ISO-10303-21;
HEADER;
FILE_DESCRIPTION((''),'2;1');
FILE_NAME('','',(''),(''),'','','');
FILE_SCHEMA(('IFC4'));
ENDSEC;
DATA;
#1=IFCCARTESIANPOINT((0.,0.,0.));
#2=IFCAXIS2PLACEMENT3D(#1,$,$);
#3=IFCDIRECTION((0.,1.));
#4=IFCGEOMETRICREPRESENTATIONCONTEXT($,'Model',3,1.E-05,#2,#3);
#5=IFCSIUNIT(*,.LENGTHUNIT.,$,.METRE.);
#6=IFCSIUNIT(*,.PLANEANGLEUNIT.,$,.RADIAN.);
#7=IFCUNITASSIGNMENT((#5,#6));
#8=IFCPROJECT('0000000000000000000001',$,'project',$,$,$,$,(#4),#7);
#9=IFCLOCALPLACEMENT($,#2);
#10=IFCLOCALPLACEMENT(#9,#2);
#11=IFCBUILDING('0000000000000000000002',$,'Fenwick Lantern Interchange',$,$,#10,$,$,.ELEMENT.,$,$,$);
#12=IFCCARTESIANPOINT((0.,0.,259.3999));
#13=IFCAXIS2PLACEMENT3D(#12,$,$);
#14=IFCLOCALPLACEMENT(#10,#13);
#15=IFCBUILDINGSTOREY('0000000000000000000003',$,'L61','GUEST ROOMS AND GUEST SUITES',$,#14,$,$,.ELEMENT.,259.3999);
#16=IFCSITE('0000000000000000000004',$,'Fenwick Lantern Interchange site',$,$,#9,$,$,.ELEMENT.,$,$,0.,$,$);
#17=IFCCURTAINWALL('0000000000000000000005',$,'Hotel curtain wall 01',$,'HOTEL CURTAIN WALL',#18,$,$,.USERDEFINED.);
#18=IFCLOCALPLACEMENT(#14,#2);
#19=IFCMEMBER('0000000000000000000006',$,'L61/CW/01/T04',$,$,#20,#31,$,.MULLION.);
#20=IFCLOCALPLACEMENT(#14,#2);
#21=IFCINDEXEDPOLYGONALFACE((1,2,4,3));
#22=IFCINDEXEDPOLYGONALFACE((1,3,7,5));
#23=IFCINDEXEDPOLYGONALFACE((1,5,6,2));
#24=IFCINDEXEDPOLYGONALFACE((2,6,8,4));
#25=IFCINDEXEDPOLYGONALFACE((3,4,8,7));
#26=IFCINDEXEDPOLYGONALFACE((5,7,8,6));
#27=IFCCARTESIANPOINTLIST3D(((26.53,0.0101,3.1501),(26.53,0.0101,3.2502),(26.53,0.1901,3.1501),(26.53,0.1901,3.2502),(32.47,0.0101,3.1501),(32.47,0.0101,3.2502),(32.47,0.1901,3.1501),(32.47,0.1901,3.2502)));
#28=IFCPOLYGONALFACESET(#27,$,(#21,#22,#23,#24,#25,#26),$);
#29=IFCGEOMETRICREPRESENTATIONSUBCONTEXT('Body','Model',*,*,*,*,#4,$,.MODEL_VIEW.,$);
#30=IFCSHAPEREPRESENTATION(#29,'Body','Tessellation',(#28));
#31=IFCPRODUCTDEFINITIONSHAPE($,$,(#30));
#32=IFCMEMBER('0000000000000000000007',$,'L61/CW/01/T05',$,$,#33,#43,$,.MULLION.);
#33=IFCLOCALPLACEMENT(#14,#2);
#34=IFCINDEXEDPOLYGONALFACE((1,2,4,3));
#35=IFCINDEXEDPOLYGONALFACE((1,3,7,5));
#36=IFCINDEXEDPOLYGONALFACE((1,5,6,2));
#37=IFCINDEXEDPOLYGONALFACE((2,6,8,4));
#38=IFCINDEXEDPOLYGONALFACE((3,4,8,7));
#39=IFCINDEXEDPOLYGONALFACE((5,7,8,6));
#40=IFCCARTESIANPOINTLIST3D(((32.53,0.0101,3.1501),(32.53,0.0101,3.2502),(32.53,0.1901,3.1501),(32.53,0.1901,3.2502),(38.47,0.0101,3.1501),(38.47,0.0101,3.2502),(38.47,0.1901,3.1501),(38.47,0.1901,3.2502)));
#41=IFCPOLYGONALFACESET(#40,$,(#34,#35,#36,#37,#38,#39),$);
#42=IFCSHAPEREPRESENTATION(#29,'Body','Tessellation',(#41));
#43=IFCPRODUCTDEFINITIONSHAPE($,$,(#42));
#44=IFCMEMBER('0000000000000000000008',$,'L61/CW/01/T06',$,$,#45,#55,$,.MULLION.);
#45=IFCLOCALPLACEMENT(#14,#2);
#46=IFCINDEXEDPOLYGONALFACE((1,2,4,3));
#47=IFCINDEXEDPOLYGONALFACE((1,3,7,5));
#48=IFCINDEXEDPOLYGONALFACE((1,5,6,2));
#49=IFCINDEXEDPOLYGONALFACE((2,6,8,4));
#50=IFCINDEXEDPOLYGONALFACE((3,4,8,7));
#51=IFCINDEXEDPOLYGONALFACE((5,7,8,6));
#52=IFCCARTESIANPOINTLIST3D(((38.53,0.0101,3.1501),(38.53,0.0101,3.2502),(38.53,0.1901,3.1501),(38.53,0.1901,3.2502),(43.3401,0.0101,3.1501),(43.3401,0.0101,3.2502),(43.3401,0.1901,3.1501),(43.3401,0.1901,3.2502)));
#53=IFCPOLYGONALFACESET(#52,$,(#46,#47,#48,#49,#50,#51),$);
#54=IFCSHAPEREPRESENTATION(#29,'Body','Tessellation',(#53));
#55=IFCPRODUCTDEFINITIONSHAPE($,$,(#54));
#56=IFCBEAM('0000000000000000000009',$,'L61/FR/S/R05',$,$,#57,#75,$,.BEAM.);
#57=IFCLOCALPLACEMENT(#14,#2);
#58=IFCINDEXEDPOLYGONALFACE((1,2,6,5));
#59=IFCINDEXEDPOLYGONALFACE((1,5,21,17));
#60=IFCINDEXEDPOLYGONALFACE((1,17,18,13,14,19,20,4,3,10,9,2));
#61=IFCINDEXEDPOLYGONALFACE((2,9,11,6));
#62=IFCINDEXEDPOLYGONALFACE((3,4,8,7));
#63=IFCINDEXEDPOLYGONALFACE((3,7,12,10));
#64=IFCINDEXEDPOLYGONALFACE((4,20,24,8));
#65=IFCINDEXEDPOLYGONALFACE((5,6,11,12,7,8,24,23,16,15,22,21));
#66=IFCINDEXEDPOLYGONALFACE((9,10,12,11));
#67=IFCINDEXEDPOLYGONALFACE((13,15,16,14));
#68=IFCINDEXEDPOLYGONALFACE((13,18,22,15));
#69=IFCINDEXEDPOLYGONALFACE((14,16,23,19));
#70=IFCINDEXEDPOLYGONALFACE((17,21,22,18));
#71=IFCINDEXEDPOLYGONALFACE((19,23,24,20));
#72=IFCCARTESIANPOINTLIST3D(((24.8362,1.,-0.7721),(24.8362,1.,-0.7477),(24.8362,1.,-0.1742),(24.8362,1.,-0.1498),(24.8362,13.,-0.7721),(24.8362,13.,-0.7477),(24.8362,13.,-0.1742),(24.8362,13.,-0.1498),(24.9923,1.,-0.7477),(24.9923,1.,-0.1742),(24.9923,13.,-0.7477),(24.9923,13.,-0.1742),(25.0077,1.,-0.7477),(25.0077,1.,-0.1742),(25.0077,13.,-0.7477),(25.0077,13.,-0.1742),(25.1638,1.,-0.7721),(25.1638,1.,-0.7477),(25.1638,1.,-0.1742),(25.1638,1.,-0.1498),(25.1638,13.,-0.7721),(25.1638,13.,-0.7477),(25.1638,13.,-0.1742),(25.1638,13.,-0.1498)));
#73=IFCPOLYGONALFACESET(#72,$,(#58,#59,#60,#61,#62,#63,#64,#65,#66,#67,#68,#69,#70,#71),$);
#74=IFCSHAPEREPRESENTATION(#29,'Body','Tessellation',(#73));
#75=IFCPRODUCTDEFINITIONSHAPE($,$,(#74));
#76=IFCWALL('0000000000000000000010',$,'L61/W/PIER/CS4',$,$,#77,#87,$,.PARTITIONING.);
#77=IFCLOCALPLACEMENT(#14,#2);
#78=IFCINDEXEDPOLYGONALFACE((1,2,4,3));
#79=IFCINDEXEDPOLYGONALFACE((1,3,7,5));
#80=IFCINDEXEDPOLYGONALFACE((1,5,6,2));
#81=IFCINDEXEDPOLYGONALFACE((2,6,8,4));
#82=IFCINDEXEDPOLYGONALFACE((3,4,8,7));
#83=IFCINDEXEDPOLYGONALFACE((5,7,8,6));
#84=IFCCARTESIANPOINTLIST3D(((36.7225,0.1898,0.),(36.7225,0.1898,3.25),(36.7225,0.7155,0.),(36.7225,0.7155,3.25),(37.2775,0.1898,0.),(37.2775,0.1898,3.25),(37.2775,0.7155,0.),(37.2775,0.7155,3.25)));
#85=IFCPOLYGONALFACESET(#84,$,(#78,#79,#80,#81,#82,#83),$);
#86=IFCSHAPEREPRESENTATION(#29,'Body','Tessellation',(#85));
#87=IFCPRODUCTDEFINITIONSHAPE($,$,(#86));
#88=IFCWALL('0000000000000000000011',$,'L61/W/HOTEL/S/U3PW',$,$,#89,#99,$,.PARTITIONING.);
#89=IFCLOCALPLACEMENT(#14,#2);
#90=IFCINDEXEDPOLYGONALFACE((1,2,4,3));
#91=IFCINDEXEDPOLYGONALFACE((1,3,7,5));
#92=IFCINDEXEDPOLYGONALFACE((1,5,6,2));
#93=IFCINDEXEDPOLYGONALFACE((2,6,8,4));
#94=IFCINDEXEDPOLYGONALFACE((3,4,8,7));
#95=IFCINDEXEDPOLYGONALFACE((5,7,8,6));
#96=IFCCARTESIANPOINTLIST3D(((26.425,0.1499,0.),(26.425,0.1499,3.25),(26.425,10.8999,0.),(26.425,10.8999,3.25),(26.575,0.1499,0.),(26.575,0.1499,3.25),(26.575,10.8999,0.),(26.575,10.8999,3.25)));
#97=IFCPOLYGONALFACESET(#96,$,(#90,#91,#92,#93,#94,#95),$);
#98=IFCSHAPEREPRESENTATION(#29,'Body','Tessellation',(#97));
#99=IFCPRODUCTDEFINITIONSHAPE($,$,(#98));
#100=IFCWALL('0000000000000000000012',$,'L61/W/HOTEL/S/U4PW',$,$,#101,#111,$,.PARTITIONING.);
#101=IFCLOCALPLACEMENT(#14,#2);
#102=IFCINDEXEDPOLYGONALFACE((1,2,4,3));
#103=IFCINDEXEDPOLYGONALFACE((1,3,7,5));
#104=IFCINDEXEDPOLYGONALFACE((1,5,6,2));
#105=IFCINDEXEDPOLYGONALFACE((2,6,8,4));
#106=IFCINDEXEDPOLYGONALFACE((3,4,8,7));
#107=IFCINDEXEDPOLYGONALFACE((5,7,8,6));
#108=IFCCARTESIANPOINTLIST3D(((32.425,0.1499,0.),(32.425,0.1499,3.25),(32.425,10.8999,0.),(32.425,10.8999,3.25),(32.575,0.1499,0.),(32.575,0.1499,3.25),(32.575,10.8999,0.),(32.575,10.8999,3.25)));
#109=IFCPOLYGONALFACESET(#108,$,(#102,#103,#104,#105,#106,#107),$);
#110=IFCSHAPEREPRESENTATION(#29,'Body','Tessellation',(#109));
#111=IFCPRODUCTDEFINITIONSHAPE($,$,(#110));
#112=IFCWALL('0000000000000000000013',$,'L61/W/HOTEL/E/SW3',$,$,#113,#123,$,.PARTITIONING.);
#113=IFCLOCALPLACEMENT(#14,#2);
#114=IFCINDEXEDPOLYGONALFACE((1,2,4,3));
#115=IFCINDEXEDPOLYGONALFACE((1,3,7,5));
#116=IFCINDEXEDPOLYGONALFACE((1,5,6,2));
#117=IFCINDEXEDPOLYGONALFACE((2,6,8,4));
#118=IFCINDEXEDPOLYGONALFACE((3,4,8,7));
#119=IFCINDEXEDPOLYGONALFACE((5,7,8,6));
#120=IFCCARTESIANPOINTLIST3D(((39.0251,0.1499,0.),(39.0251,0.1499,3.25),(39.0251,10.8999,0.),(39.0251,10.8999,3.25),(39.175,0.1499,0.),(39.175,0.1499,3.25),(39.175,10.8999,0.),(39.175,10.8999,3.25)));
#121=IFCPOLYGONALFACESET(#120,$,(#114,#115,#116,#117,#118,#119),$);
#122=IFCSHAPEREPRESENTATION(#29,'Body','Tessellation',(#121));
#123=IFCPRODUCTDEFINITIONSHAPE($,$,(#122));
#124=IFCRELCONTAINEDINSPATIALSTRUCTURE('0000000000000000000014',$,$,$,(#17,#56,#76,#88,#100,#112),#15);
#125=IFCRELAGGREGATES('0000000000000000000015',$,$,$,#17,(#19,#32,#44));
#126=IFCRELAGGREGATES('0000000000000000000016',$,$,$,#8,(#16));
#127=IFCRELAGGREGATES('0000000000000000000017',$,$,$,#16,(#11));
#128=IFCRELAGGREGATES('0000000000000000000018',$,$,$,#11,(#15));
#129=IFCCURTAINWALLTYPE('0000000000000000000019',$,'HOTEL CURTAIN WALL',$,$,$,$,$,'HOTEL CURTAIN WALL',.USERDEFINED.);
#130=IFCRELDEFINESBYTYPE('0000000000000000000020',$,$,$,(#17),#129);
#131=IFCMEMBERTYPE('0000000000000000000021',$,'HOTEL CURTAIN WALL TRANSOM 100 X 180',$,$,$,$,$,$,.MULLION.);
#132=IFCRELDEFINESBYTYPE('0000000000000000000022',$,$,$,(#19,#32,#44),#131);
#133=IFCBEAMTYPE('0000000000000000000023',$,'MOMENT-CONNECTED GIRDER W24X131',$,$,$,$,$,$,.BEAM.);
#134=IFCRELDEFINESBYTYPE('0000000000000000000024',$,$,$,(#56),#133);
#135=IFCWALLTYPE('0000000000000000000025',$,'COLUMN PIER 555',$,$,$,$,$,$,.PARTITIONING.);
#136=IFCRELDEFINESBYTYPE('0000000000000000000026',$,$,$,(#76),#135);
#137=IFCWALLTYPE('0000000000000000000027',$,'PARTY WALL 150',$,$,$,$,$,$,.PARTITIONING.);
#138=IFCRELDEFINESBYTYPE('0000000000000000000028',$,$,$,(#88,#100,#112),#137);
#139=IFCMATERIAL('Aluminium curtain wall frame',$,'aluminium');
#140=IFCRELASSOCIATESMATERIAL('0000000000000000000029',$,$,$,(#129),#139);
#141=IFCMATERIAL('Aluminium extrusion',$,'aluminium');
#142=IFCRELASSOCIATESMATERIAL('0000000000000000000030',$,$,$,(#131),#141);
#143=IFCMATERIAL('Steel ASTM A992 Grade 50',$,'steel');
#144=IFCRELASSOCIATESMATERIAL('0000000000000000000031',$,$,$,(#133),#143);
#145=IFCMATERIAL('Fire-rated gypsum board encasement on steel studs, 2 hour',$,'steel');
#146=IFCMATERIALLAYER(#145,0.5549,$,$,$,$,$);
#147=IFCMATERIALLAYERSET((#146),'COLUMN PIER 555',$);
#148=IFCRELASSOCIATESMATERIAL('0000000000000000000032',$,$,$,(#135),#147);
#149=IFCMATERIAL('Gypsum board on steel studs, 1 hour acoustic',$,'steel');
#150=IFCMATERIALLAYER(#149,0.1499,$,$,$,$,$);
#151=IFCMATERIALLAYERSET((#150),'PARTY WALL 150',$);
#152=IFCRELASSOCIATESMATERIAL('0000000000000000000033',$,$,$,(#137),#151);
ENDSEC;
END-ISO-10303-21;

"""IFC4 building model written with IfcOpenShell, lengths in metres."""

from ifc_helpers import new_model, si_unit, direction, frame, frame_2d, origin, origin_2d, place, context, subcontext, project, spatial, rectangle, i_section, extrude, material, layer, layer_set, material_profile, profile_set, type_object, element, aggregate, save


model = new_model("IFC4")

# Units and contexts
model_context = context("Model", 3, precision=1e-05, world=origin(), true_north=direction((0.0, 1.0)))
body_context = subcontext(model_context, "Body", "Model", "MODEL_VIEW")
ifc_project = project(units=[si_unit("LENGTHUNIT", "METRE"), si_unit("PLANEANGLEUNIT", "RADIAN")], contexts=[model_context])

# Site, building, storey
site_placement = place(None, origin())
site = spatial("IfcSite", under=ifc_project, at=site_placement, Name="Fenwick Lantern Interchange site", CompositionType="ELEMENT", RefElevation=0.0)
building_placement = place(site_placement, origin())
building = spatial("IfcBuilding", under=site, at=building_placement, Name="Fenwick Lantern Interchange", CompositionType="ELEMENT")
storey_placement = place(building_placement, frame((0.0, 0.0, 259.3999)))
storey = spatial("IfcBuildingStorey", under=building, at=storey_placement, Name="L61", Description="GUEST ROOMS AND GUEST SUITES", CompositionType="ELEMENT", Elevation=259.3999)

# Shared definitions
ifc_material_1 = material(Name="Steel ASTM A992 Grade 50", Category="steel")

# Curtain wall, members
ifc_material_2 = material(Name="Aluminium curtain wall frame", Category="aluminium")
curtain_wall_type = type_object("IfcCurtainWallType", Name="HOTEL CURTAIN WALL", ElementType="HOTEL CURTAIN WALL", PredefinedType="USERDEFINED", material=ifc_material_2)
curtain_wall_placement = place(storey_placement, origin())
curtain_wall = element("IfcCurtainWall", 1, at=curtain_wall_placement, inside=storey, type_object=curtain_wall_type, Name="Hotel curtain wall 01", ObjectType="HOTEL CURTAIN WALL", PredefinedType="USERDEFINED")
ifc_material_3 = material(Name="Aluminium extrusion", Category="aluminium")
ifc_material_profile_1 = material_profile(ifc_material_3, rectangle(XDim=0.1799, YDim=0.1001, at=origin_2d()), Name="HOTEL CURTAIN WALL TRANSOM 100 X 180")
ifc_profile_set_1 = profile_set([ifc_material_profile_1], Name="Aluminium extrusion")
member_type_1 = type_object("IfcMemberType", Name="HOTEL CURTAIN WALL TRANSOM 100 X 180", PredefinedType="MULLION", material=ifc_profile_set_1)
member_1_placement = place(storey_placement, frame((26.53, 0.1001, 3.2002), z_axis=(1.0, 0.0, 0.0), x_axis=(0.0, 1.0, 0.0)))
member_1 = element("IfcMember", 2, at=member_1_placement, type_object=member_type_1, Name="L61/CW/01/T04", PredefinedType="MULLION", context=body_context, shape_type="SweptSolid", body=[
    extrude(rectangle(XDim=0.1799, YDim=0.1001, at=origin_2d()), origin(), (0.0, 0.0, 1.0), 5.9399),
])
member_2_placement = place(storey_placement, frame((32.53, 0.1001, 3.2002), z_axis=(1.0, 0.0, 0.0), x_axis=(0.0, 1.0, 0.0)))
member_2 = element("IfcMember", 3, at=member_2_placement, type_object=member_type_1, Name="L61/CW/01/T05", PredefinedType="MULLION", context=body_context, shape_type="SweptSolid", body=[
    extrude(rectangle(XDim=0.1799, YDim=0.1001, at=origin_2d()), origin(), (0.0, 0.0, 1.0), 5.9399),
])
member_3_placement = place(storey_placement, frame((38.53, 0.1001, 3.2002), z_axis=(1.0, 0.0, 0.0), x_axis=(0.0, 1.0, 0.0)))
member_3 = element("IfcMember", 4, at=member_3_placement, type_object=member_type_1, Name="L61/CW/01/T06", PredefinedType="MULLION", context=body_context, shape_type="SweptSolid", body=[
    extrude(rectangle(XDim=0.1799, YDim=0.1001, at=origin_2d()), origin(), (0.0, 0.0, 1.0), 4.8101),
])
aggregate(curtain_wall, [member_1, member_2, member_3])

# Beam
ifc_material_profile_2 = material_profile(ifc_material_1, i_section(OverallWidth=0.3276, OverallDepth=0.6223, WebThickness=0.0154, FlangeThickness=0.0244, at=origin_2d()), Name="W24X131")
ifc_profile_set_2 = profile_set([ifc_material_profile_2], Name="Steel ASTM A992 Grade 50")
beam_type_1 = type_object("IfcBeamType", Name="MOMENT-CONNECTED GIRDER W24X131", PredefinedType="BEAM", material=ifc_profile_set_2)
beam_1_placement = place(storey_placement, frame((25.0, 1.0, -0.4609), z_axis=(0.0, 1.0, 0.0), x_axis=(-1.0, 0.0, 0.0)))
element("IfcBeam", 5, at=beam_1_placement, inside=storey, type_object=beam_type_1, Name="L61/FR/S/R05", PredefinedType="BEAM", context=body_context, shape_type="SweptSolid", body=[
    extrude(i_section(OverallWidth=0.3276, OverallDepth=0.6223, WebThickness=0.0154, FlangeThickness=0.0244, at=origin_2d()), origin(), (0.0, 0.0, 1.0), 12.0),
])

# Walls
ifc_material_4 = material(Name="Fire-rated gypsum board encasement on steel studs, 2 hour", Category="steel")
ifc_layer_1 = layer(ifc_material_4, 0.5549)
ifc_layer_set_1 = layer_set([ifc_layer_1], Name="COLUMN PIER 555")
wall_type_1 = type_object("IfcWallType", Name="COLUMN PIER 555", PredefinedType="PARTITIONING", material=ifc_layer_set_1)
wall_placement = place(storey_placement, frame((37.0, 0.1899, 0.0), z_axis=(0.0, 0.0, 1.0), x_axis=(0.0, 1.0, 0.0)))
element("IfcWall", 6, at=wall_placement, inside=storey, type_object=wall_type_1, Name="L61/W/PIER/CS4", PredefinedType="PARTITIONING", context=body_context, shape_type="SweptSolid", body=[
    extrude(rectangle(XDim=0.5256, YDim=0.5549, at=frame_2d((0.2627, 0.0))), origin(), (0.0, 0.0, 1.0), 3.25),
])
ifc_material_5 = material(Name="Gypsum board on steel studs, 1 hour acoustic", Category="steel")
ifc_layer_2 = layer(ifc_material_5, 0.1499)
ifc_layer_set_2 = layer_set([ifc_layer_2], Name="PARTY WALL 150")
wall_type_2 = type_object("IfcWallType", Name="PARTY WALL 150", PredefinedType="PARTITIONING", material=ifc_layer_set_2)
for number, where, z_axis, x_axis, name in (
    (7, (26.5, 0.1499, 0.0), (0.0, 0.0, 1.0), (0.0, 1.0, 0.0), "L61/W/HOTEL/S/U3PW"),
    (8, (32.5, 0.1499, 0.0), (0.0, 0.0, 1.0), (0.0, 1.0, 0.0), "L61/W/HOTEL/S/U4PW"),
    (9, (39.1001, 0.1499, 0.0), (0.0, 0.0, 1.0), (0.0, 1.0, 0.0), "L61/W/HOTEL/E/SW3"),
):
    element("IfcWall", number, at=place(storey_placement, frame(where, z_axis=z_axis, x_axis=x_axis)), inside=storey, type_object=wall_type_2, Name=name, PredefinedType="PARTITIONING", context=body_context, shape_type="SweptSolid", body=[
        extrude(rectangle(XDim=10.75, YDim=0.1499, at=frame_2d((5.375, 0.0))), origin(), (0.0, 0.0, 1.0), 3.25),
    ])

save(model, "model.ifc")
